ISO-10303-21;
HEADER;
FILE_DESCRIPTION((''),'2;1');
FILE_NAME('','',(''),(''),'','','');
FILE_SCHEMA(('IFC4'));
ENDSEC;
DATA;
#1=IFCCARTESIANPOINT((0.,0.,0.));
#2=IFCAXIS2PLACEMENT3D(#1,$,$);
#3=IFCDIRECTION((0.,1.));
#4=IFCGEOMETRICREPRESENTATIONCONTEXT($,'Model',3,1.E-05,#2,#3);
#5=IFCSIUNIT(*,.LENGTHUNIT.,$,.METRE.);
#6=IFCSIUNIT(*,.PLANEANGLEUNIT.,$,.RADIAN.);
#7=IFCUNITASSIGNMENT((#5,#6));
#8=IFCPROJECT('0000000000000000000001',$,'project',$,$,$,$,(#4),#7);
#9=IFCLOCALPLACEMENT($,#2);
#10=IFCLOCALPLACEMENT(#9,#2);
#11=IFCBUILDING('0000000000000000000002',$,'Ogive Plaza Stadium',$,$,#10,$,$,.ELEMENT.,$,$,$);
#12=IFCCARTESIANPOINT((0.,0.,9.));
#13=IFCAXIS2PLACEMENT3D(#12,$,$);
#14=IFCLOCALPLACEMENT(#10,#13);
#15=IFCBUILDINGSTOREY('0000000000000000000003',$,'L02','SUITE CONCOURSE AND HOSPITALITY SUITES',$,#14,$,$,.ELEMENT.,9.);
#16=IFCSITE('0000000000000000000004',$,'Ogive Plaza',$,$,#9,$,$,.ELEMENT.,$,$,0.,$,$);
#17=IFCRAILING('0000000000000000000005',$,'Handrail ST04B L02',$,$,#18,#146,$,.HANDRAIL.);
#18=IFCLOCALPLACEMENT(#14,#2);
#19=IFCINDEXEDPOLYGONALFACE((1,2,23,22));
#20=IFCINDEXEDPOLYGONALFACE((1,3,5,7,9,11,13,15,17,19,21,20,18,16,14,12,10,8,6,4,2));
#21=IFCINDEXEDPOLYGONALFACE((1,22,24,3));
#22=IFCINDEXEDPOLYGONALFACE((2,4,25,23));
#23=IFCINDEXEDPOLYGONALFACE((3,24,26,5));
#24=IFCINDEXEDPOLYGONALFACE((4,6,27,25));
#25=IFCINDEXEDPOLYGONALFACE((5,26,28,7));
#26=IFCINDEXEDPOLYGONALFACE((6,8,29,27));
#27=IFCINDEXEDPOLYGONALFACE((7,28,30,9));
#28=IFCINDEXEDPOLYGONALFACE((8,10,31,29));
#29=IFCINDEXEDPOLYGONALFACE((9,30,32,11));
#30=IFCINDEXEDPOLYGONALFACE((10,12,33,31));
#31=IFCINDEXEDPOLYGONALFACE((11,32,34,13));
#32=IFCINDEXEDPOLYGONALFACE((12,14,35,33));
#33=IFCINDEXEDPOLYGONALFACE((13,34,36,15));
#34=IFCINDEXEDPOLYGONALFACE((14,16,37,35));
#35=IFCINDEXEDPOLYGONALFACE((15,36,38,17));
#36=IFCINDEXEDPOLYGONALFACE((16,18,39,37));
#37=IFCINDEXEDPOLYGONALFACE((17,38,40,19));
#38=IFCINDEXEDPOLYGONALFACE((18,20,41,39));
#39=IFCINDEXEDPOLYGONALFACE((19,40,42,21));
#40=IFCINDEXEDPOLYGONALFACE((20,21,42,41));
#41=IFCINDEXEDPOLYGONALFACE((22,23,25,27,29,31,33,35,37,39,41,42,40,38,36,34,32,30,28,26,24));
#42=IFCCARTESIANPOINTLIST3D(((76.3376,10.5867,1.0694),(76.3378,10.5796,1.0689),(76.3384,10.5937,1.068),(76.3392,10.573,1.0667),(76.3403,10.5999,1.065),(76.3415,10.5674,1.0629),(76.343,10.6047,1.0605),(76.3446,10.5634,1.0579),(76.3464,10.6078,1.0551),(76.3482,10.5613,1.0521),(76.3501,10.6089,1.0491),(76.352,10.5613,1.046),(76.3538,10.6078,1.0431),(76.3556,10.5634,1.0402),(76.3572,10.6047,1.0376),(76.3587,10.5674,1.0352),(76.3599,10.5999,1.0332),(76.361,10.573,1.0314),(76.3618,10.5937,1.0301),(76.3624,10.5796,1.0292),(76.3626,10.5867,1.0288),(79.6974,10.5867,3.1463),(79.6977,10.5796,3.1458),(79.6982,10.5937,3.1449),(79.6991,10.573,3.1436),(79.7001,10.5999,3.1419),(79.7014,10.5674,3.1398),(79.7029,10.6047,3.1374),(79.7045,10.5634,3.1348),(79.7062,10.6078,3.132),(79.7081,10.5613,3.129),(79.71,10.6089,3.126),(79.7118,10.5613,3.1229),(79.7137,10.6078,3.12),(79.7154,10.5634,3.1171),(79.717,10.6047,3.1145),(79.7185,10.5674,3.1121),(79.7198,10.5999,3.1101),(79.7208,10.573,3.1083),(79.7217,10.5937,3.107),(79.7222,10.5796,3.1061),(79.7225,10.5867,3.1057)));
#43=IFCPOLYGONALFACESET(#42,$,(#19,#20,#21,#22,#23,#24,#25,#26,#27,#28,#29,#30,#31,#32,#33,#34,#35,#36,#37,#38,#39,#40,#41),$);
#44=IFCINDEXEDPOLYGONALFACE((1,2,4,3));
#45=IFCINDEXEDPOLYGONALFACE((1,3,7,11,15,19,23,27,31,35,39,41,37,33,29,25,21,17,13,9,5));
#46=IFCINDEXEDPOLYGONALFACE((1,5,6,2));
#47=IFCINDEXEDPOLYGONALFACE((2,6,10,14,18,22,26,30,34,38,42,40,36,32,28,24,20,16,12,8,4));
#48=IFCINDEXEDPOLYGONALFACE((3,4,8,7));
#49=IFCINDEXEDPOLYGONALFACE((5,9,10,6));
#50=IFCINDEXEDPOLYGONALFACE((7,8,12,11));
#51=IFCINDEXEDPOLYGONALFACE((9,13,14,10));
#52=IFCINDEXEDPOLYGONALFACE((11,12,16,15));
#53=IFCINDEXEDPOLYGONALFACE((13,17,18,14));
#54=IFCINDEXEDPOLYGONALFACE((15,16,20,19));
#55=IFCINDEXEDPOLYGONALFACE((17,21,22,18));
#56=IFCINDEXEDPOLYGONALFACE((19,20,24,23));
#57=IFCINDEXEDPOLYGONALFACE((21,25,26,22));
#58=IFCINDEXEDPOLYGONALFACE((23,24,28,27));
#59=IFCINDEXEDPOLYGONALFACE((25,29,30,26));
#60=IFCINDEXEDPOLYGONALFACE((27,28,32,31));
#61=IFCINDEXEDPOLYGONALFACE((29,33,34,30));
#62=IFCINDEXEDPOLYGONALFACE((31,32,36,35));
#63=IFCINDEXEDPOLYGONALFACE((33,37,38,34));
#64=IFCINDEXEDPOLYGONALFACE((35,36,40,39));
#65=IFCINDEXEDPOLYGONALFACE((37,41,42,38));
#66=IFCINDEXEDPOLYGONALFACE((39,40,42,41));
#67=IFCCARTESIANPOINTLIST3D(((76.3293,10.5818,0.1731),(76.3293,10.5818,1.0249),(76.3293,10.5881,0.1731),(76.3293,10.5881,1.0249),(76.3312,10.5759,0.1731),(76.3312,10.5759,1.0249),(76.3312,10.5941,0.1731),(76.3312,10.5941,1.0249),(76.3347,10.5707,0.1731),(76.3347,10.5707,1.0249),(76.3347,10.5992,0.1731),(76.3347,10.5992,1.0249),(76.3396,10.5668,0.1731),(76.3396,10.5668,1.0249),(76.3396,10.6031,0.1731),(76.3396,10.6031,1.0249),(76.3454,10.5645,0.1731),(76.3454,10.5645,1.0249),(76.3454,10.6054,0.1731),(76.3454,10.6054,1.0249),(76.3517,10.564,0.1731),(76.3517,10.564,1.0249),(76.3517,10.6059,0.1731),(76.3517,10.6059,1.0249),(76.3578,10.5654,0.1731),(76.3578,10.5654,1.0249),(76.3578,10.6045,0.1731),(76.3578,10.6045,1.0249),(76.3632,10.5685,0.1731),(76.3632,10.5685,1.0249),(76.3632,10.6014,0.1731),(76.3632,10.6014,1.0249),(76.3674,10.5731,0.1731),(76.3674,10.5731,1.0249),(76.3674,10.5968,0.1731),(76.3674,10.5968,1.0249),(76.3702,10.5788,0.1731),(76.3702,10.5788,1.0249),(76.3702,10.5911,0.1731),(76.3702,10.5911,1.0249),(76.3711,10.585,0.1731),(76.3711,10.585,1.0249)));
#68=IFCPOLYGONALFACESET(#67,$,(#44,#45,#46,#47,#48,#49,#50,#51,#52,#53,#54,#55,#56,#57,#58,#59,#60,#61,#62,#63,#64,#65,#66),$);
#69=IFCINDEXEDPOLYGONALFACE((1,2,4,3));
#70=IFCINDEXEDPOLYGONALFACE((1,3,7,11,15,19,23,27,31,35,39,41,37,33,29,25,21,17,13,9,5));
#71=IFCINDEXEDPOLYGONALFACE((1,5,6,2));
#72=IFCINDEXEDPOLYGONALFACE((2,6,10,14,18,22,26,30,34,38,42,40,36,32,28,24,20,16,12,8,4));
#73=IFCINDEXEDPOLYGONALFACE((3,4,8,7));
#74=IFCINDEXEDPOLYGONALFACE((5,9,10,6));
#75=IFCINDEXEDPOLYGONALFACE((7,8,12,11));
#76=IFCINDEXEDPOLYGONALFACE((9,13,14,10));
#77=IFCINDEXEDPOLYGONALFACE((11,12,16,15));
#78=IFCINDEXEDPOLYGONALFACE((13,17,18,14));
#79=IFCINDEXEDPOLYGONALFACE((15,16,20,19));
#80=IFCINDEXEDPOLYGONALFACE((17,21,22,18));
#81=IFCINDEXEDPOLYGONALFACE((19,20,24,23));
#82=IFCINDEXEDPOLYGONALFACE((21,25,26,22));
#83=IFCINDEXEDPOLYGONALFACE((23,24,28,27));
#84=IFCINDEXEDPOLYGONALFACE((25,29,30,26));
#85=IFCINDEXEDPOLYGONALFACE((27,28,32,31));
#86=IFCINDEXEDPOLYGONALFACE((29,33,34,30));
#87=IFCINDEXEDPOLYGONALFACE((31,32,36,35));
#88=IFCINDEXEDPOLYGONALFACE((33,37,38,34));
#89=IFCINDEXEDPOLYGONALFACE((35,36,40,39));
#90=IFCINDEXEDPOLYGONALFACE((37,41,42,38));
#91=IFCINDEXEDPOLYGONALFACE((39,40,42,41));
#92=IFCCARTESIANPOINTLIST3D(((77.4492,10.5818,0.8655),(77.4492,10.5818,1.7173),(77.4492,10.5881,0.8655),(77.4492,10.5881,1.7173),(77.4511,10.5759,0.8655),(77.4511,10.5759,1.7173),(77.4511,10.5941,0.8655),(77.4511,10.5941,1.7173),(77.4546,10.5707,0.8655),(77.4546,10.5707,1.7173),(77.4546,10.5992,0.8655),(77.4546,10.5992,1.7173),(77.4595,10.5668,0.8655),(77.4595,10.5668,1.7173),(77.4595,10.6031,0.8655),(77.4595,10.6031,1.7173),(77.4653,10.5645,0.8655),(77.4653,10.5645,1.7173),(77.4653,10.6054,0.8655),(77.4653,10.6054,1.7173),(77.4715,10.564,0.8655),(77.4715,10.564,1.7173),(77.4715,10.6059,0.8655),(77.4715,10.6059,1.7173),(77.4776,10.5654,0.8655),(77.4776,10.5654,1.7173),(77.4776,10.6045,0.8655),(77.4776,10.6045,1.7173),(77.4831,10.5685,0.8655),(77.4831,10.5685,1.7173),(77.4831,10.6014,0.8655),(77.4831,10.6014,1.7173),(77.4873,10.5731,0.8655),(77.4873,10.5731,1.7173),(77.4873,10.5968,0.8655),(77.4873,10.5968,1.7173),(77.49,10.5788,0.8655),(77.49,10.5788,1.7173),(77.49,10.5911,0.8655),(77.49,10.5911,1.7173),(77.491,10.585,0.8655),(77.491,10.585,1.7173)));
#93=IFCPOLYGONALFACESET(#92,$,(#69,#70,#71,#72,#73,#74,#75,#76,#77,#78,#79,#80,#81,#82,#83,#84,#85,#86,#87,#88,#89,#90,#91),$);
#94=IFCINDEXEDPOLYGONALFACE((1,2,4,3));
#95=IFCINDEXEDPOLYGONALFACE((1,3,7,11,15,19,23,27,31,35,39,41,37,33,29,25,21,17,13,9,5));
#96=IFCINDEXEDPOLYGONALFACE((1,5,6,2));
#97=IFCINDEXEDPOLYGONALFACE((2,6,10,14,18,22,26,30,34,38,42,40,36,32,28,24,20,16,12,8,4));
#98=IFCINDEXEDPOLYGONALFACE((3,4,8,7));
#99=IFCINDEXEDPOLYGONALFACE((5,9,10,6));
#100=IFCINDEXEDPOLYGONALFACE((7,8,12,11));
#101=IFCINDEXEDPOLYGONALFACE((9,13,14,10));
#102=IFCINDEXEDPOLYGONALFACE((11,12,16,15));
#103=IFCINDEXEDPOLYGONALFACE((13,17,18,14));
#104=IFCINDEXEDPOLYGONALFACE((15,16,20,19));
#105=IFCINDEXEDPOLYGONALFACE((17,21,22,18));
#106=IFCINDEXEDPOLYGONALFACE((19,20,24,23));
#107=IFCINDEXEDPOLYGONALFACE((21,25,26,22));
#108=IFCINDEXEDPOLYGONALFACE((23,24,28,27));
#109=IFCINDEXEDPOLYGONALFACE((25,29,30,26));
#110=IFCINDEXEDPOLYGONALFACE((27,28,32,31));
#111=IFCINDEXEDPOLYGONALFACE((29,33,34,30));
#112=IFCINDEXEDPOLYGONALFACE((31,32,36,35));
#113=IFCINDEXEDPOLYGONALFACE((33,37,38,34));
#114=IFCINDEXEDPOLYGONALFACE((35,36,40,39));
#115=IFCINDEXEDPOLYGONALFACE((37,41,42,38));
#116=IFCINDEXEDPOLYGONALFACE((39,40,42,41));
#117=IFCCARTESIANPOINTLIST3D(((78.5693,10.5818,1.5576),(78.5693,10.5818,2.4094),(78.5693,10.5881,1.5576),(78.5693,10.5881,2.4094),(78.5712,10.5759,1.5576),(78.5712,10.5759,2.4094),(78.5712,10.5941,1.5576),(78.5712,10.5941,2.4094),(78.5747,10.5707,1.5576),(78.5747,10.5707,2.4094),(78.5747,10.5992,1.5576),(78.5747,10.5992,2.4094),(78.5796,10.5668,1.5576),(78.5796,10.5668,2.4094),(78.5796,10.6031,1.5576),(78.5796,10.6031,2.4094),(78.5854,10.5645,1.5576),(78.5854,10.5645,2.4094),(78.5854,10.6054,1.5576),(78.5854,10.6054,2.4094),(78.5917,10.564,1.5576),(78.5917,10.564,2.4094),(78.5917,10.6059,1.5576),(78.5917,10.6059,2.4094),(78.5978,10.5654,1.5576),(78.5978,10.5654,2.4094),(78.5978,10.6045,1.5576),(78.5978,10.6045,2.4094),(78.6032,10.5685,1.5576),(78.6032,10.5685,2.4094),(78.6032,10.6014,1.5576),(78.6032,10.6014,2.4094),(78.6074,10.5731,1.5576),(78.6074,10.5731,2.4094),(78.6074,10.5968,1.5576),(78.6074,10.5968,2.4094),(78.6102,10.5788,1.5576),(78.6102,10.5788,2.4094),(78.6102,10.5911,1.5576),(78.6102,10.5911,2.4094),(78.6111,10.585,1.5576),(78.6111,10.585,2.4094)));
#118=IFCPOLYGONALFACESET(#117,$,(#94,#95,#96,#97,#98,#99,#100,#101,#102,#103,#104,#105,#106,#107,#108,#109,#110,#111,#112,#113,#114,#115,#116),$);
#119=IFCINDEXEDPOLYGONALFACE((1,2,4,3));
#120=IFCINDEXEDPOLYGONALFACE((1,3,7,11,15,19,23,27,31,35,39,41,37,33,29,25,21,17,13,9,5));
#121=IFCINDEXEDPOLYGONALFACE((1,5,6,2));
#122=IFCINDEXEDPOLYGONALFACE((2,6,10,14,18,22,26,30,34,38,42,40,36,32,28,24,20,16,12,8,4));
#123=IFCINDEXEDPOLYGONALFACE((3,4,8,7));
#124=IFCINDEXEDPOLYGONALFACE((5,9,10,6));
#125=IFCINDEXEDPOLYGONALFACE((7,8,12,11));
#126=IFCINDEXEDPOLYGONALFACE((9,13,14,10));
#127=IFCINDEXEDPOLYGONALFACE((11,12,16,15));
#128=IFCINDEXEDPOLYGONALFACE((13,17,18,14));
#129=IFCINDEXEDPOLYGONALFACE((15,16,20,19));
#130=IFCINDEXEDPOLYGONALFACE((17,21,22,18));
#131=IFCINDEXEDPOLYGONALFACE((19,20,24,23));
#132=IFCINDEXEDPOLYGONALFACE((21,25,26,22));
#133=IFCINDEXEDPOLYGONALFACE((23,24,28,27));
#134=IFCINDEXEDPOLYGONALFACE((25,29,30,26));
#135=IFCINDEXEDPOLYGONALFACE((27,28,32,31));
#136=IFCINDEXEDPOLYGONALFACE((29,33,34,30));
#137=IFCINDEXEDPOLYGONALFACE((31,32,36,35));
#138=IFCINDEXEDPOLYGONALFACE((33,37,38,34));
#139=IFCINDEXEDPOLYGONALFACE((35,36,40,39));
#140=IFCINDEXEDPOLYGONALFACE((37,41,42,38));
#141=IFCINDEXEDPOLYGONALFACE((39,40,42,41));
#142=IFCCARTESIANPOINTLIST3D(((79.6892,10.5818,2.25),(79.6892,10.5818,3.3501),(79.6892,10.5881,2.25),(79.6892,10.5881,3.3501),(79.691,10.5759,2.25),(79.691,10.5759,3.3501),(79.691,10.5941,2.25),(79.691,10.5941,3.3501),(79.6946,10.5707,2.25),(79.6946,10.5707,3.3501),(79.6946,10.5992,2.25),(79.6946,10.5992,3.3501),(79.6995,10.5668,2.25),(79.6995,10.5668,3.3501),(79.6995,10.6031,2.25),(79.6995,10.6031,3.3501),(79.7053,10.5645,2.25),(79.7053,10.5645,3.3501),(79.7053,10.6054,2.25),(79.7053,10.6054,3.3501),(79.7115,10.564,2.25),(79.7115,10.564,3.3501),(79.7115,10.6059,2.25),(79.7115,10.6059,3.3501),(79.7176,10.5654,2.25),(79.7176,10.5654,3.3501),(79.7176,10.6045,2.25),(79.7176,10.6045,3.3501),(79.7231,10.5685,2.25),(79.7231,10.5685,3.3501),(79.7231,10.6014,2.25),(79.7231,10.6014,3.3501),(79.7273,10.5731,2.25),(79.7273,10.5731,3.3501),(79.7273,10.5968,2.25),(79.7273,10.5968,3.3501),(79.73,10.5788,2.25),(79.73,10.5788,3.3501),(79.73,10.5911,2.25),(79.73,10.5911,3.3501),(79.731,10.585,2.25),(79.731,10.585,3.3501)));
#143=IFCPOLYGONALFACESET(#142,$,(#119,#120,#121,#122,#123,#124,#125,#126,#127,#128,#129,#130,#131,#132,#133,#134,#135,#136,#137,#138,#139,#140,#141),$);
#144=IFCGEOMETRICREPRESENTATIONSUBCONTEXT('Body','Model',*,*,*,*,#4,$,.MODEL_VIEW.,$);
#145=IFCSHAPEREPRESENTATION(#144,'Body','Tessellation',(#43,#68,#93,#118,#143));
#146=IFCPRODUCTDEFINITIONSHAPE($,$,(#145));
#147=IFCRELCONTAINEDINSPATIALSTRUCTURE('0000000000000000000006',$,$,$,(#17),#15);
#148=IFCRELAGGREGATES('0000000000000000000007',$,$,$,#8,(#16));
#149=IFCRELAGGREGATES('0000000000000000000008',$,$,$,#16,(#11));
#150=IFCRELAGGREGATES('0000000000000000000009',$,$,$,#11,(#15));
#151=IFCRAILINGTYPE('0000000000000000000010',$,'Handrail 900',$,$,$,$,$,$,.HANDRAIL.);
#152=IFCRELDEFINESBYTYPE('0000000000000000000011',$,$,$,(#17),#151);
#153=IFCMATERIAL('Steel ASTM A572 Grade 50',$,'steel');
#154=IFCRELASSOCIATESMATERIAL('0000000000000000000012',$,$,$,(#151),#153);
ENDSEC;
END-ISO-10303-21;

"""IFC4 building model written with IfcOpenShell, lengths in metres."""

from ifc_helpers import new_model, si_unit, direction, frame, origin, origin_2d, place, context, subcontext, project, spatial, circle, extrude, material, type_object, element, save


model = new_model("IFC4")

# Units and contexts
model_context = context("Model", 3, precision=1e-05, world=origin(), true_north=direction((0.0, 1.0)))
body_context = subcontext(model_context, "Body", "Model", "MODEL_VIEW")
ifc_project = project(units=[si_unit("LENGTHUNIT", "METRE"), si_unit("PLANEANGLEUNIT", "RADIAN")], contexts=[model_context])

# Site, building, storey
site_placement = place(None, origin())
site = spatial("IfcSite", under=ifc_project, at=site_placement, Name="Ogive Plaza", CompositionType="ELEMENT", RefElevation=0.0)
building_placement = place(site_placement, origin())
building = spatial("IfcBuilding", under=site, at=building_placement, Name="Ogive Plaza Stadium", CompositionType="ELEMENT")
storey_placement = place(building_placement, frame((0.0, 0.0, 9.0)))
storey = spatial("IfcBuildingStorey", under=building, at=storey_placement, Name="L02", Description="SUITE CONCOURSE AND HOSPITALITY SUITES", CompositionType="ELEMENT", Elevation=9.0)

# Railing
ifc_material_1 = material(Name="Steel ASTM A572 Grade 50", Category="steel")
railing_type_1 = type_object("IfcRailingType", Name="Handrail 900", PredefinedType="HANDRAIL", material=ifc_material_1)
for number, where, name in (
    (1, (76.3501, 10.585, 0.1731), "Handrail ST04B L02"),
):
    element("IfcRailing", number, at=place(storey_placement, frame(where)), inside=storey, type_object=railing_type_1, Name=name, PredefinedType="HANDRAIL", context=body_context, shape_type="SweptSolid", body=[
        extrude(circle(Radius=0.0239, at=origin_2d()), frame((0.0, 0.0, 0.876), z_axis=(0.850606, 0.0, 0.525803), x_axis=(0.0, 1.0, 0.0)), (0.0, 0.0, 1.0), 3.95),
        extrude(circle(Radius=0.021, at=origin_2d()), origin(), (0.0, 0.0, 1.0), 0.8518),
        extrude(circle(Radius=0.021, at=origin_2d()), frame((1.1199, 0.0, 0.6924)), (0.0, 0.0, 1.0), 0.8518),
        extrude(circle(Radius=0.021, at=origin_2d()), frame((2.24, 0.0, 1.3845)), (0.0, 0.0, 1.0), 0.8518),
        extrude(circle(Radius=0.021, at=origin_2d()), frame((3.3599, 0.0, 2.0769)), (0.0, 0.0, 1.0), 1.1001),
    ])

save(model, "model.ifc")
